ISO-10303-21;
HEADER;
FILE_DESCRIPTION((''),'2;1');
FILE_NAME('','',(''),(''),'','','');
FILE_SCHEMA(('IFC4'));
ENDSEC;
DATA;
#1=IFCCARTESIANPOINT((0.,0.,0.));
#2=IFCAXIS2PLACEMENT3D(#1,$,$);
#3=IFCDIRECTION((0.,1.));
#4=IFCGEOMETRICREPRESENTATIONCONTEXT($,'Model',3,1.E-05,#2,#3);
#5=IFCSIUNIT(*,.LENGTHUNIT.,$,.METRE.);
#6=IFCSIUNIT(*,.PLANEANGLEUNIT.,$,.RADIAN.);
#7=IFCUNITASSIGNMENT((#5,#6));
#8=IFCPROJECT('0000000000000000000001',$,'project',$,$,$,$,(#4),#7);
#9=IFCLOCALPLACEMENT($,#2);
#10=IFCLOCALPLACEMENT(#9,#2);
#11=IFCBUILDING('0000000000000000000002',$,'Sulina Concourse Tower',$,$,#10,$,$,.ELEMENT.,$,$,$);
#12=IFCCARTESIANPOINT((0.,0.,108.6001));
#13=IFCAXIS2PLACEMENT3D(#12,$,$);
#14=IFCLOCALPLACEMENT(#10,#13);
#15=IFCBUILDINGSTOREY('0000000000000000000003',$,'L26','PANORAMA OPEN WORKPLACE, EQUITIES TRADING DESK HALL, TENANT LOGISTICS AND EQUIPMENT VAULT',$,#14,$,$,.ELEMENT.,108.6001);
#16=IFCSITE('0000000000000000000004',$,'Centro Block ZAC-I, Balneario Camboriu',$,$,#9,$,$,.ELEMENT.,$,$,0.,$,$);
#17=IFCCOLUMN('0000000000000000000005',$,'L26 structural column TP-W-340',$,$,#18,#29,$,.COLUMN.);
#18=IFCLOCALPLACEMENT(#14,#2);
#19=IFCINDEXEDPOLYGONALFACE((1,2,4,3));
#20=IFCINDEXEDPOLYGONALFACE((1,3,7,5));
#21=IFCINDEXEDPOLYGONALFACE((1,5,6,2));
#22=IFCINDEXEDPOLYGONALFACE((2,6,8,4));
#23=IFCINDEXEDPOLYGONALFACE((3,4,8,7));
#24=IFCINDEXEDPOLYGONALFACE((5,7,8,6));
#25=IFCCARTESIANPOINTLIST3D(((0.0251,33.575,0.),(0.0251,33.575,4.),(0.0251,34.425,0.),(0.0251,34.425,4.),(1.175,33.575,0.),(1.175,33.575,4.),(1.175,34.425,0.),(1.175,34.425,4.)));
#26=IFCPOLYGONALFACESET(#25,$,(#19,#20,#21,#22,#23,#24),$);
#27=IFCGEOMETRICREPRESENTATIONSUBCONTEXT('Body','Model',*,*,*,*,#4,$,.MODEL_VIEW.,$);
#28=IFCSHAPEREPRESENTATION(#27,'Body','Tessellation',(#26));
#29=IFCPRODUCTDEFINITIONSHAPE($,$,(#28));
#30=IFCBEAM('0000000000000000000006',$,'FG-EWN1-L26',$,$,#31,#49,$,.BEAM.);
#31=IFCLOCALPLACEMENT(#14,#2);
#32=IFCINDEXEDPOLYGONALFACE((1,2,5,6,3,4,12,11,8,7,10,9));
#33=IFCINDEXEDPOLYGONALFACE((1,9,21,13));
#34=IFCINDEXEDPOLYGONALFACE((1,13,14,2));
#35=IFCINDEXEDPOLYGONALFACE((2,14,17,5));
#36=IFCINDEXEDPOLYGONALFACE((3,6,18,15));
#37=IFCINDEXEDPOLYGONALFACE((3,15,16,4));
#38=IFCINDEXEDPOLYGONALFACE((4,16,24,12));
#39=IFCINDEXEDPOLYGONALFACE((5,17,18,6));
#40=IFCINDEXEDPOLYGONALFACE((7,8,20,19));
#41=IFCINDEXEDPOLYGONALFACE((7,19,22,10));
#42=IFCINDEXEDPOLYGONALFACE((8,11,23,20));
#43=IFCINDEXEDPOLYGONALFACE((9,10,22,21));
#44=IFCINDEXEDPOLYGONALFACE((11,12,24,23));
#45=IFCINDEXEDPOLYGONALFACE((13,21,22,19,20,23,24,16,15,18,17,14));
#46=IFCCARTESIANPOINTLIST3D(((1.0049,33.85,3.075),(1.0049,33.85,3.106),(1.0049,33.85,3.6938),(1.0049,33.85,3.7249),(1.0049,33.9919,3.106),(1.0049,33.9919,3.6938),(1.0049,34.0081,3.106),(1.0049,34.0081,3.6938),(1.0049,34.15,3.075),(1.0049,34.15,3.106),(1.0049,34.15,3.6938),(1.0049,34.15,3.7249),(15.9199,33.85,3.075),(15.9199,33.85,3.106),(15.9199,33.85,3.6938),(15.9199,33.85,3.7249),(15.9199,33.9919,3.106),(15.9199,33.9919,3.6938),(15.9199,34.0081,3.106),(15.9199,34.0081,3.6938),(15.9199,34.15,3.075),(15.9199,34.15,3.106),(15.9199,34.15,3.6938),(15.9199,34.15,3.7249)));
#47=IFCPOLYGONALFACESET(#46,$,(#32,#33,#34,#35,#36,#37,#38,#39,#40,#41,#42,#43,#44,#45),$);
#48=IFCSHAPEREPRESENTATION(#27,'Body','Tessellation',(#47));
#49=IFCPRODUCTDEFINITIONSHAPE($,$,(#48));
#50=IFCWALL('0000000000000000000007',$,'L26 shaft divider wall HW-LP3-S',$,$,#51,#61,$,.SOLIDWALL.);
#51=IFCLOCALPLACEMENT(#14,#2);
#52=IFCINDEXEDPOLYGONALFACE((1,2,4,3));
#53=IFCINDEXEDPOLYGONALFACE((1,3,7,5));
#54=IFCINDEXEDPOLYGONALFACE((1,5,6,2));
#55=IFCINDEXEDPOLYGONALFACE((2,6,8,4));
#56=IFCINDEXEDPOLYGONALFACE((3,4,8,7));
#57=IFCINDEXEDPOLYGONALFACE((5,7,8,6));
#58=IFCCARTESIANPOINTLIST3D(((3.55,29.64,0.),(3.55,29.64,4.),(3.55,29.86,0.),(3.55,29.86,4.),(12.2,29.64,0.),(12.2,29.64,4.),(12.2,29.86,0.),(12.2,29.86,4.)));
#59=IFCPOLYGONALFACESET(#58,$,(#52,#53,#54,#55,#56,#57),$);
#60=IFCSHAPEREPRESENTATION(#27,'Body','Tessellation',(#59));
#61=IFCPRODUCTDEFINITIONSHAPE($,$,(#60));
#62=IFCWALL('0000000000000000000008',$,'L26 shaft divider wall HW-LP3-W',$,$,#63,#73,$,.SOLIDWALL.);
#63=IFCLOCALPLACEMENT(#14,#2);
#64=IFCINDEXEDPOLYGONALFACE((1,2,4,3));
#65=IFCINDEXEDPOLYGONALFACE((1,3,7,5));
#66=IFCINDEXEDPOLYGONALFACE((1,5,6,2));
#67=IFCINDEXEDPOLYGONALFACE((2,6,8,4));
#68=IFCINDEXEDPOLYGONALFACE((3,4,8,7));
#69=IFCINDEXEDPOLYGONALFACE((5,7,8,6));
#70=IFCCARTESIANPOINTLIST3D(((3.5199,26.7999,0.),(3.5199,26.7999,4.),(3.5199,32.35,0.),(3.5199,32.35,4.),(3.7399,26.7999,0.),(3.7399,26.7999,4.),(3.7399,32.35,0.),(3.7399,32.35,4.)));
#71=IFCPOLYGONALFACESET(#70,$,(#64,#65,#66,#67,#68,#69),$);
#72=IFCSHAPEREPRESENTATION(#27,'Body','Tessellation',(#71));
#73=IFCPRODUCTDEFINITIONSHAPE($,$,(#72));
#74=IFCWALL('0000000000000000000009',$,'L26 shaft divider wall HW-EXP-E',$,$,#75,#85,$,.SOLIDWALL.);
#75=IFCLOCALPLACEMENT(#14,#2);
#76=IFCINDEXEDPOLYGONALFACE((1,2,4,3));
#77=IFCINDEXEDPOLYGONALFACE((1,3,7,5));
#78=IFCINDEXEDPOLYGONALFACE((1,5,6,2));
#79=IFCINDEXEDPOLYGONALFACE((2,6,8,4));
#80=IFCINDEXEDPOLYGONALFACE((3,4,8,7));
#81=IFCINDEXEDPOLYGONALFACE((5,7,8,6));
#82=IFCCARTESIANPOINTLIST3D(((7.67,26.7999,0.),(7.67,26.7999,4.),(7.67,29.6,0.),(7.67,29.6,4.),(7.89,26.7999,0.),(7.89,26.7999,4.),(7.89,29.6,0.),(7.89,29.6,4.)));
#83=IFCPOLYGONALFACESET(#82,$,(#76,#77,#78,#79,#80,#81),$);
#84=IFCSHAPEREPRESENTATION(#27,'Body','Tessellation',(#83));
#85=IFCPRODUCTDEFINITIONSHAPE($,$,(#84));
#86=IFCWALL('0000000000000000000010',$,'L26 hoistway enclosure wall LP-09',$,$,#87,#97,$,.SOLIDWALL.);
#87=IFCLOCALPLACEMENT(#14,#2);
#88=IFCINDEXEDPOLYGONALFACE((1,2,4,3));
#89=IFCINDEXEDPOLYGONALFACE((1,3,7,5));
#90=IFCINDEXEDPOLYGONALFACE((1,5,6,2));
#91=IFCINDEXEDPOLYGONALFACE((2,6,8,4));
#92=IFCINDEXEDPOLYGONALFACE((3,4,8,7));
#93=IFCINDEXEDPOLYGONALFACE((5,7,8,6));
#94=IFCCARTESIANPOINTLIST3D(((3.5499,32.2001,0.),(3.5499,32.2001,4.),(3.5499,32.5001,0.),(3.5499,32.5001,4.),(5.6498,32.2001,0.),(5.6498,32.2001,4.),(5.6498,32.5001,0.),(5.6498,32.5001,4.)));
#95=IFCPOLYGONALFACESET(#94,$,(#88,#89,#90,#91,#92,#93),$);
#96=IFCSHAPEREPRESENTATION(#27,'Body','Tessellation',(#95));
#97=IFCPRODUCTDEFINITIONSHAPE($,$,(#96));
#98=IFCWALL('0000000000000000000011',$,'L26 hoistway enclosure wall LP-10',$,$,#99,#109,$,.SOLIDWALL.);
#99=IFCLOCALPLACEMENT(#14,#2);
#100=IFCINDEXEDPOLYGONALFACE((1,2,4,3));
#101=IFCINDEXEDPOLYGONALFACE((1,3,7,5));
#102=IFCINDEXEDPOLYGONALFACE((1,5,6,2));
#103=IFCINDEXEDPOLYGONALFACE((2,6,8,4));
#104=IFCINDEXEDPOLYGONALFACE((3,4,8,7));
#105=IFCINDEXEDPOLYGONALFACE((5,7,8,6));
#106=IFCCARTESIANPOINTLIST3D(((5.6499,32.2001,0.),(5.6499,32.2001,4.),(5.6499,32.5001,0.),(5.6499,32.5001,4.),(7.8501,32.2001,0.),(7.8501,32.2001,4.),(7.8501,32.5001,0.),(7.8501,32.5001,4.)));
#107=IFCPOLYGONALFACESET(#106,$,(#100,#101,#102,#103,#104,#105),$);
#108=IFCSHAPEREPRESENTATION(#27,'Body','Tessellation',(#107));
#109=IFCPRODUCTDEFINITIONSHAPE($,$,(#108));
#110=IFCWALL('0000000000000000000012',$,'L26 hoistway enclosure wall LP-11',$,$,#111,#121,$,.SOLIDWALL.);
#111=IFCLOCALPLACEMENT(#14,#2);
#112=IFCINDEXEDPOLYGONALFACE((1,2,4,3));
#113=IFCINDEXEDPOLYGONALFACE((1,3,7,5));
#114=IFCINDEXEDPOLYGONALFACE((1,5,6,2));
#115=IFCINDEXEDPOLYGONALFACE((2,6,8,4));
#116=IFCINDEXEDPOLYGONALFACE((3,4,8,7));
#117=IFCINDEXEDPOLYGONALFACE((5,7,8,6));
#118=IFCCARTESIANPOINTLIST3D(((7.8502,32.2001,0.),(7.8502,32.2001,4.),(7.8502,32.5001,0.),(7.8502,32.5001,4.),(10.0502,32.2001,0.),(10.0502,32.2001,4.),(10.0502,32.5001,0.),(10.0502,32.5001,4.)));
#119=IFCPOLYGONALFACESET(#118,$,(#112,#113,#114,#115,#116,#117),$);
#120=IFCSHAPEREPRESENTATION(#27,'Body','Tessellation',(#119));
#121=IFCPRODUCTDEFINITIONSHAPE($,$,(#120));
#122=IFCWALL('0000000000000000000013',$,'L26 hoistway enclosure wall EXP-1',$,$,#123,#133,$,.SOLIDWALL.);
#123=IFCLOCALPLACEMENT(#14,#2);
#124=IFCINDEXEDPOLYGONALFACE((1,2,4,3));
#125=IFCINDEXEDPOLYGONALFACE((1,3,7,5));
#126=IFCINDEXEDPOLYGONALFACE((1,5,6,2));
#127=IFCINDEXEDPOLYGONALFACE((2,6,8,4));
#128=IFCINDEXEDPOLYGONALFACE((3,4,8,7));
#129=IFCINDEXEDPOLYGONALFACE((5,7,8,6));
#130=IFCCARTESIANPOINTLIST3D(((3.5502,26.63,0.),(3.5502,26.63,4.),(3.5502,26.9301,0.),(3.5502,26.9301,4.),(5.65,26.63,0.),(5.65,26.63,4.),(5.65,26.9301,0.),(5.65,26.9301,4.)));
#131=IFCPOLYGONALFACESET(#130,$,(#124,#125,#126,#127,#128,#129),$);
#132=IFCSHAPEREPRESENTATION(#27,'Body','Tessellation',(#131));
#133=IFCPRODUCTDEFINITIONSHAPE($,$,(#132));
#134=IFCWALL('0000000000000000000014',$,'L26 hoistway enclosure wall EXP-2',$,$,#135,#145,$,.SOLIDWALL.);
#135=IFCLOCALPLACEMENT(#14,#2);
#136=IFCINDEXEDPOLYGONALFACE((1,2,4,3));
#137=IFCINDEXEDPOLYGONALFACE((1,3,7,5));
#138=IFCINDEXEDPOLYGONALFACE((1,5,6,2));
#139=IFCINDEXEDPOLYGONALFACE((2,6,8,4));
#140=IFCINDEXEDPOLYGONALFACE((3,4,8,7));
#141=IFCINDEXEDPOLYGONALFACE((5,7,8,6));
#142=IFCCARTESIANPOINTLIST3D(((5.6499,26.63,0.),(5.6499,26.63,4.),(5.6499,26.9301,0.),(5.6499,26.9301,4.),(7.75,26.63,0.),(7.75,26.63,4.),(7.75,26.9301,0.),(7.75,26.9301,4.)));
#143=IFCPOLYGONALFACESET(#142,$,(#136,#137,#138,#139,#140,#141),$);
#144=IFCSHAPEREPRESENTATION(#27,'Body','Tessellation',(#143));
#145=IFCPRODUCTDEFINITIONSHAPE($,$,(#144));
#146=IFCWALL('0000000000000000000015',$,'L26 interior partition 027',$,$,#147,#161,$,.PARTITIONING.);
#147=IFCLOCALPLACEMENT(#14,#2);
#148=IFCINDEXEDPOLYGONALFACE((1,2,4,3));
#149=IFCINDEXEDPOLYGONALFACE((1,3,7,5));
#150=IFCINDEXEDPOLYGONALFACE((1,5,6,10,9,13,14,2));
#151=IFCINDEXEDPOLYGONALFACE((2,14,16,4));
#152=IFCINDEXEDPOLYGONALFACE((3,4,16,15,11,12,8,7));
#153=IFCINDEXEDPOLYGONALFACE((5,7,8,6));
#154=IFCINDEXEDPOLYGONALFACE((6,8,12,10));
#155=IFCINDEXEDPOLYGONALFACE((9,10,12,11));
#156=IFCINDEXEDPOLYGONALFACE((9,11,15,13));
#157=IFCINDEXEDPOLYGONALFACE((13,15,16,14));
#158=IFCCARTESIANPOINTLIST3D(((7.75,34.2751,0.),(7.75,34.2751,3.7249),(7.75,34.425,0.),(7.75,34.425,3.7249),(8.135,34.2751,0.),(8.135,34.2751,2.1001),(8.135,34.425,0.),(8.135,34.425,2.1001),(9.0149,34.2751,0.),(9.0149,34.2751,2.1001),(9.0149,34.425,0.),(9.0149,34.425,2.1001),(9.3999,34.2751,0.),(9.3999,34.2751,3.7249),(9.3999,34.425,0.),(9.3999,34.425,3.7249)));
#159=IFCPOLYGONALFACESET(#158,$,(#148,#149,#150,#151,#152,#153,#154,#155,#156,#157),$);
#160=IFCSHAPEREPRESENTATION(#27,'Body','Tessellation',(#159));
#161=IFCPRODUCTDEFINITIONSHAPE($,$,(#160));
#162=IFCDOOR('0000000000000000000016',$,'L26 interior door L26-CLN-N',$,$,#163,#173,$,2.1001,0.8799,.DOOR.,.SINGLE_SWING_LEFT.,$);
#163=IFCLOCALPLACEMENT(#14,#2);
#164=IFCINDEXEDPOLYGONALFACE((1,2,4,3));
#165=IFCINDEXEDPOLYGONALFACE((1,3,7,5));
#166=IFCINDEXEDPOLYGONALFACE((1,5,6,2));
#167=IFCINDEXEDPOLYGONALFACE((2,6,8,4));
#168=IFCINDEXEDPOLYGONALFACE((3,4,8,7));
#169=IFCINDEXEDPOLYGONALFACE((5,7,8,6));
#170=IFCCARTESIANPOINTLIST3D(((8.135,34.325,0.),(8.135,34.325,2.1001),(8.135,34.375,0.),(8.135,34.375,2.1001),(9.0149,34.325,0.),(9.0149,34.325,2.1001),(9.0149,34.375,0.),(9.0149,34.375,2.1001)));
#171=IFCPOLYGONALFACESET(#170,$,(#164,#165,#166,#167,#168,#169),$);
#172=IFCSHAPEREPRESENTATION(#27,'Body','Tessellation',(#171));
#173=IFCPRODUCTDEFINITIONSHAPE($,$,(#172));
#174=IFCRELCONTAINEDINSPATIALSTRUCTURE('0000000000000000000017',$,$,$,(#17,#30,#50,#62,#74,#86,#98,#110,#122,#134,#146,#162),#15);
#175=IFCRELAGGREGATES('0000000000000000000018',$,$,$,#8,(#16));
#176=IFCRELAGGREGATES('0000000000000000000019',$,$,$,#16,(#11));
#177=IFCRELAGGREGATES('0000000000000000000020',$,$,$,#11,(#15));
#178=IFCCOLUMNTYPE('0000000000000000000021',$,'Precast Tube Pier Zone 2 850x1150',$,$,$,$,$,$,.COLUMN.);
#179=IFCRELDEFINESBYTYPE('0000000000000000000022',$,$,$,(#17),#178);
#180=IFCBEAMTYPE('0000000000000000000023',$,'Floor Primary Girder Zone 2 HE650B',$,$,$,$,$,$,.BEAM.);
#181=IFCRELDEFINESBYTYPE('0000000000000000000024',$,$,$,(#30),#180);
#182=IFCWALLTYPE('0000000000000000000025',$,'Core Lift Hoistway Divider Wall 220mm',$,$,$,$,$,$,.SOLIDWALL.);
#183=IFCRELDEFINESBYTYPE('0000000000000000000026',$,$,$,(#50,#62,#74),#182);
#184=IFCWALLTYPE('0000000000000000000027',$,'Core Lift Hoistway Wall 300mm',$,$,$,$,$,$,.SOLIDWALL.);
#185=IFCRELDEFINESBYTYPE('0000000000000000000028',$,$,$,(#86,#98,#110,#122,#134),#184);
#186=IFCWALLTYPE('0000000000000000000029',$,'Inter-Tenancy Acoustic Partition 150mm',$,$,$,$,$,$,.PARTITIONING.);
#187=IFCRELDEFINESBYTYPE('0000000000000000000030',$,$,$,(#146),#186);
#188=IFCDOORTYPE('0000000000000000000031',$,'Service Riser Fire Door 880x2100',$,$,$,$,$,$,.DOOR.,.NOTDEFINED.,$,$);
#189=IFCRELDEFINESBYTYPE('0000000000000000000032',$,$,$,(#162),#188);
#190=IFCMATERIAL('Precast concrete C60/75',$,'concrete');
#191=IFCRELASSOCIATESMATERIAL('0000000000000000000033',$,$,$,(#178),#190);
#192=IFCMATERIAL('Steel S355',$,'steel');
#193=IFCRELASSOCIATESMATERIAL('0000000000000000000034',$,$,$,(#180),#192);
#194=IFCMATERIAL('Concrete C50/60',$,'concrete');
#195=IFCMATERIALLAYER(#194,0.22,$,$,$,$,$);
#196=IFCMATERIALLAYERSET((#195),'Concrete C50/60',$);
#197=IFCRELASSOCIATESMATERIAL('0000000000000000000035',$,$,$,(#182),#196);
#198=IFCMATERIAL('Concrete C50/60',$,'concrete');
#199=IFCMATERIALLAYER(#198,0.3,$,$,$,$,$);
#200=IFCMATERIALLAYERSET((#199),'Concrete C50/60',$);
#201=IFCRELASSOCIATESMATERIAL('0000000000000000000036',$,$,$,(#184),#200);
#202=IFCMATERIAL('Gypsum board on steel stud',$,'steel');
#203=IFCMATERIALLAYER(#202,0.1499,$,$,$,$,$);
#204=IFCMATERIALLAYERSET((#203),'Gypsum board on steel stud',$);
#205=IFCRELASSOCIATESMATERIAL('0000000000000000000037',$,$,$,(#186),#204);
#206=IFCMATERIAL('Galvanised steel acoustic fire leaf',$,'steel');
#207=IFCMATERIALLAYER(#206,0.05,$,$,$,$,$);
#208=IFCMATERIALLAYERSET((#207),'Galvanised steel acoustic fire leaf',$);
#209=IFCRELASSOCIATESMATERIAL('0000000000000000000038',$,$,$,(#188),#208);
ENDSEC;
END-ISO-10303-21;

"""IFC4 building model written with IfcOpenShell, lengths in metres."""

from ifc_helpers import new_model, si_unit, direction, frame, frame_2d, origin, origin_2d, place, context, subcontext, project, spatial, rectangle, i_section, extrude, material, layer, layer_set, material_profile, profile_set, type_object, element, fill, save


model = new_model("IFC4")

# Units and contexts
model_context = context("Model", 3, precision=1e-05, world=origin(), true_north=direction((0.0, 1.0)))
body_context = subcontext(model_context, "Body", "Model", "MODEL_VIEW")
ifc_project = project(units=[si_unit("LENGTHUNIT", "METRE"), si_unit("PLANEANGLEUNIT", "RADIAN")], contexts=[model_context])

# Site, building, storey
site_placement = place(None, origin())
site = spatial("IfcSite", under=ifc_project, at=site_placement, Name="Centro Block ZAC-I, Balneario Camboriu", CompositionType="ELEMENT", RefElevation=0.0)
building_placement = place(site_placement, origin())
building = spatial("IfcBuilding", under=site, at=building_placement, Name="Sulina Concourse Tower", CompositionType="ELEMENT")
storey_placement = place(building_placement, frame((0.0, 0.0, 108.6001)))
storey = spatial("IfcBuildingStorey", under=building, at=storey_placement, Name="L26", Description="PANORAMA OPEN WORKPLACE, EQUITIES TRADING DESK HALL, TENANT LOGISTICS AND EQUIPMENT VAULT", CompositionType="ELEMENT", Elevation=108.6001)

# Column
ifc_material_1 = material(Name="Precast concrete C60/75", Category="concrete")
ifc_material_profile_1 = material_profile(ifc_material_1, rectangle(XDim=0.8501, YDim=1.1499, at=origin_2d()), Name="PC 850x1150")
ifc_profile_set_1 = profile_set([ifc_material_profile_1], Name="Precast concrete C60/75")
column_type = type_object("IfcColumnType", Name="Precast Tube Pier Zone 2 850x1150", PredefinedType="COLUMN", material=ifc_profile_set_1)
column_placement = place(storey_placement, frame((0.6001, 34.0, 0.0), z_axis=(0.0, 0.0, 1.0), x_axis=(0.0, 1.0, 0.0)))
element("IfcColumn", 1, at=column_placement, inside=storey, type_object=column_type, Name="L26 structural column TP-W-340", PredefinedType="COLUMN", context=body_context, shape_type="SweptSolid", body=[
    extrude(rectangle(XDim=0.8501, YDim=1.1499, at=origin_2d()), origin(), (0.0, 0.0, 1.0), 4.0),
])

# Beam
ifc_material_2 = material(Name="Steel S355", Category="steel")
ifc_material_profile_2 = material_profile(ifc_material_2, i_section(OverallWidth=0.3, OverallDepth=0.6499, WebThickness=0.0161, FlangeThickness=0.031, at=origin_2d()), Name="HE 650 B")
ifc_profile_set_2 = profile_set([ifc_material_profile_2], Name="Steel S355")
beam_type = type_object("IfcBeamType", Name="Floor Primary Girder Zone 2 HE650B", PredefinedType="BEAM", material=ifc_profile_set_2)
beam_placement = place(storey_placement, frame((1.0049, 34.0, 3.3999), z_axis=(1.0, 0.0, 0.0), x_axis=(0.0, 1.0, 0.0)))
element("IfcBeam", 2, at=beam_placement, inside=storey, type_object=beam_type, Name="FG-EWN1-L26", PredefinedType="BEAM", context=body_context, shape_type="SweptSolid", body=[
    extrude(i_section(OverallWidth=0.3, OverallDepth=0.6499, WebThickness=0.0161, FlangeThickness=0.031, at=origin_2d()), origin(), (0.0, 0.0, 1.0), 14.915),
])

# Walls
ifc_material_3 = material(Name="Concrete C50/60", Category="concrete")
ifc_layer_1 = layer(ifc_material_3, 0.22)
ifc_layer_set_1 = layer_set([ifc_layer_1], Name="Concrete C50/60")
wall_type_1 = type_object("IfcWallType", Name="Core Lift Hoistway Divider Wall 220mm", PredefinedType="SOLIDWALL", material=ifc_layer_set_1)
wall_1_placement = place(storey_placement, frame((3.55, 29.75, 0.0), z_axis=(0.0, 0.0, 1.0), x_axis=(1.0, 0.0, 0.0)))
element("IfcWall", 3, at=wall_1_placement, inside=storey, type_object=wall_type_1, Name="L26 shaft divider wall HW-LP3-S", PredefinedType="SOLIDWALL", context=body_context, shape_type="SweptSolid", body=[
    extrude(rectangle(XDim=8.6499, YDim=0.22, at=frame_2d((4.325, 0.0))), origin(), (0.0, 0.0, 1.0), 4.0),
])
wall_2_placement = place(storey_placement, frame((3.6299, 26.8, 0.0), z_axis=(0.0, 0.0, 1.0), x_axis=(0.0, 1.0, 0.0)))
element("IfcWall", 4, at=wall_2_placement, inside=storey, type_object=wall_type_1, Name="L26 shaft divider wall HW-LP3-W", PredefinedType="SOLIDWALL", context=body_context, shape_type="SweptSolid", body=[
    extrude(rectangle(XDim=5.55, YDim=0.22, at=frame_2d((2.7749, 0.0))), origin(), (0.0, 0.0, 1.0), 4.0),
])
wall_3_placement = place(storey_placement, frame((7.78, 26.8, 0.0), z_axis=(0.0, 0.0, 1.0), x_axis=(0.0, 1.0, 0.0)))
element("IfcWall", 5, at=wall_3_placement, inside=storey, type_object=wall_type_1, Name="L26 shaft divider wall HW-EXP-E", PredefinedType="SOLIDWALL", context=body_context, shape_type="SweptSolid", body=[
    extrude(rectangle(XDim=2.8, YDim=0.22, at=frame_2d((1.3999, 0.0))), origin(), (0.0, 0.0, 1.0), 4.0),
])
ifc_material_4 = material(Name="Concrete C50/60", Category="concrete")
ifc_layer_2 = layer(ifc_material_4, 0.3)
ifc_layer_set_2 = layer_set([ifc_layer_2], Name="Concrete C50/60")
wall_type_2 = type_object("IfcWallType", Name="Core Lift Hoistway Wall 300mm", PredefinedType="SOLIDWALL", material=ifc_layer_set_2)
wall_4_placement = place(storey_placement, frame((3.55, 32.3501, 0.0), z_axis=(0.0, 0.0, 1.0), x_axis=(1.0, 0.0, 0.0)))
element("IfcWall", 6, at=wall_4_placement, inside=storey, type_object=wall_type_2, Name="L26 hoistway enclosure wall LP-09", PredefinedType="SOLIDWALL", context=body_context, shape_type="SweptSolid", body=[
    extrude(rectangle(XDim=2.0999, YDim=0.3, at=frame_2d((1.0498, 0.0))), origin(), (0.0, 0.0, 1.0), 4.0),
])
wall_5_placement = place(storey_placement, frame((5.6499, 32.3501, 0.0), z_axis=(0.0, 0.0, 1.0), x_axis=(1.0, 0.0, 0.0)))
element("IfcWall", 7, at=wall_5_placement, inside=storey, type_object=wall_type_2, Name="L26 hoistway enclosure wall LP-10", PredefinedType="SOLIDWALL", context=body_context, shape_type="SweptSolid", body=[
    extrude(rectangle(XDim=2.2002, YDim=0.3, at=frame_2d((1.1001, 0.0))), origin(), (0.0, 0.0, 1.0), 4.0),
])
wall_6_placement = place(storey_placement, frame((7.8501, 32.3501, 0.0), z_axis=(0.0, 0.0, 1.0), x_axis=(1.0, 0.0, 0.0)))
element("IfcWall", 8, at=wall_6_placement, inside=storey, type_object=wall_type_2, Name="L26 hoistway enclosure wall LP-11", PredefinedType="SOLIDWALL", context=body_context, shape_type="SweptSolid", body=[
    extrude(rectangle(XDim=2.2, YDim=0.3, at=frame_2d((1.1001, 0.0))), origin(), (0.0, 0.0, 1.0), 4.0),
])
wall_7_placement = place(storey_placement, frame((5.6499, 26.78, 0.0), z_axis=(0.0, 0.0, 1.0), x_axis=(-1.0, 0.0, 0.0)))
element("IfcWall", 9, at=wall_7_placement, inside=storey, type_object=wall_type_2, Name="L26 hoistway enclosure wall EXP-1", PredefinedType="SOLIDWALL", context=body_context, shape_type="SweptSolid", body=[
    extrude(rectangle(XDim=2.0999, YDim=0.3, at=frame_2d((1.0498, 0.0))), origin(), (0.0, 0.0, 1.0), 4.0),
])
wall_8_placement = place(storey_placement, frame((7.75, 26.78, 0.0), z_axis=(0.0, 0.0, 1.0), x_axis=(-1.0, 0.0, 0.0)))
element("IfcWall", 10, at=wall_8_placement, inside=storey, type_object=wall_type_2, Name="L26 hoistway enclosure wall EXP-2", PredefinedType="SOLIDWALL", context=body_context, shape_type="SweptSolid", body=[
    extrude(rectangle(XDim=2.1001, YDim=0.3, at=frame_2d((1.05, 0.0))), origin(), (0.0, 0.0, 1.0), 4.0),
])

# Wall, opening, door
ifc_material_5 = material(Name="Gypsum board on steel stud", Category="steel")
ifc_layer_3 = layer(ifc_material_5, 0.1499)
ifc_layer_set_3 = layer_set([ifc_layer_3], Name="Gypsum board on steel stud")
wall_type_3 = type_object("IfcWallType", Name="Inter-Tenancy Acoustic Partition 150mm", PredefinedType="PARTITIONING", material=ifc_layer_set_3)
wall_9_placement = place(storey_placement, frame((7.75, 34.3501, 0.0), z_axis=(0.0, 0.0, 1.0), x_axis=(1.0, 0.0, 0.0)))
wall_9 = element("IfcWall", 11, at=wall_9_placement, inside=storey, type_object=wall_type_3, Name="L26 interior partition 027", PredefinedType="PARTITIONING", context=body_context, shape_type="SweptSolid", body=[
    extrude(rectangle(XDim=1.6499, YDim=0.1499, at=frame_2d((0.825, 0.0))), origin(), (0.0, 0.0, 1.0), 3.7249),
])
opening_1_placement = place(wall_9_placement, frame((0.385, 0.0, 0.0)))
opening_1 = element("IfcOpeningElement", 12, at=opening_1_placement, cuts=wall_9, PredefinedType="OPENING", context=body_context, shape_type="SweptSolid", body=[
    extrude(rectangle(XDim=0.8799, YDim=2.1001, at=frame_2d((0.4399, 1.05))), frame((0.0, 0.085, 0.0), z_axis=(0.0, -1.0, 0.0), x_axis=(1.0, 0.0, 0.0)), (0.0, 0.0, 1.0), 0.1699),
])
ifc_material_6 = material(Name="Galvanised steel acoustic fire leaf", Category="steel")
ifc_layer_4 = layer(ifc_material_6, 0.05)
ifc_layer_set_4 = layer_set([ifc_layer_4], Name="Galvanised steel acoustic fire leaf")
door_type_1 = type_object("IfcDoorType", Name="Service Riser Fire Door 880x2100", OperationType="NOTDEFINED", PredefinedType="DOOR", material=ifc_layer_set_4)
door_1_placement = place(opening_1_placement, origin())
door_1 = element("IfcDoor", 13, at=door_1_placement, inside=storey, type_object=door_type_1, Name="L26 interior door L26-CLN-N", OperationType="SINGLE_SWING_LEFT", OverallHeight=2.1001, OverallWidth=0.8799, PredefinedType="DOOR", context=body_context, shape_type="SweptSolid", body=[
    extrude(rectangle(XDim=0.8799, YDim=2.1001, at=frame_2d((0.4399, 1.05))), frame((0.0, 0.0249, 0.0), z_axis=(0.0, -1.0, 0.0), x_axis=(1.0, 0.0, 0.0)), (0.0, 0.0, 1.0), 0.05),
])
fill(opening_1, door_1)

save(model, "model.ifc")
